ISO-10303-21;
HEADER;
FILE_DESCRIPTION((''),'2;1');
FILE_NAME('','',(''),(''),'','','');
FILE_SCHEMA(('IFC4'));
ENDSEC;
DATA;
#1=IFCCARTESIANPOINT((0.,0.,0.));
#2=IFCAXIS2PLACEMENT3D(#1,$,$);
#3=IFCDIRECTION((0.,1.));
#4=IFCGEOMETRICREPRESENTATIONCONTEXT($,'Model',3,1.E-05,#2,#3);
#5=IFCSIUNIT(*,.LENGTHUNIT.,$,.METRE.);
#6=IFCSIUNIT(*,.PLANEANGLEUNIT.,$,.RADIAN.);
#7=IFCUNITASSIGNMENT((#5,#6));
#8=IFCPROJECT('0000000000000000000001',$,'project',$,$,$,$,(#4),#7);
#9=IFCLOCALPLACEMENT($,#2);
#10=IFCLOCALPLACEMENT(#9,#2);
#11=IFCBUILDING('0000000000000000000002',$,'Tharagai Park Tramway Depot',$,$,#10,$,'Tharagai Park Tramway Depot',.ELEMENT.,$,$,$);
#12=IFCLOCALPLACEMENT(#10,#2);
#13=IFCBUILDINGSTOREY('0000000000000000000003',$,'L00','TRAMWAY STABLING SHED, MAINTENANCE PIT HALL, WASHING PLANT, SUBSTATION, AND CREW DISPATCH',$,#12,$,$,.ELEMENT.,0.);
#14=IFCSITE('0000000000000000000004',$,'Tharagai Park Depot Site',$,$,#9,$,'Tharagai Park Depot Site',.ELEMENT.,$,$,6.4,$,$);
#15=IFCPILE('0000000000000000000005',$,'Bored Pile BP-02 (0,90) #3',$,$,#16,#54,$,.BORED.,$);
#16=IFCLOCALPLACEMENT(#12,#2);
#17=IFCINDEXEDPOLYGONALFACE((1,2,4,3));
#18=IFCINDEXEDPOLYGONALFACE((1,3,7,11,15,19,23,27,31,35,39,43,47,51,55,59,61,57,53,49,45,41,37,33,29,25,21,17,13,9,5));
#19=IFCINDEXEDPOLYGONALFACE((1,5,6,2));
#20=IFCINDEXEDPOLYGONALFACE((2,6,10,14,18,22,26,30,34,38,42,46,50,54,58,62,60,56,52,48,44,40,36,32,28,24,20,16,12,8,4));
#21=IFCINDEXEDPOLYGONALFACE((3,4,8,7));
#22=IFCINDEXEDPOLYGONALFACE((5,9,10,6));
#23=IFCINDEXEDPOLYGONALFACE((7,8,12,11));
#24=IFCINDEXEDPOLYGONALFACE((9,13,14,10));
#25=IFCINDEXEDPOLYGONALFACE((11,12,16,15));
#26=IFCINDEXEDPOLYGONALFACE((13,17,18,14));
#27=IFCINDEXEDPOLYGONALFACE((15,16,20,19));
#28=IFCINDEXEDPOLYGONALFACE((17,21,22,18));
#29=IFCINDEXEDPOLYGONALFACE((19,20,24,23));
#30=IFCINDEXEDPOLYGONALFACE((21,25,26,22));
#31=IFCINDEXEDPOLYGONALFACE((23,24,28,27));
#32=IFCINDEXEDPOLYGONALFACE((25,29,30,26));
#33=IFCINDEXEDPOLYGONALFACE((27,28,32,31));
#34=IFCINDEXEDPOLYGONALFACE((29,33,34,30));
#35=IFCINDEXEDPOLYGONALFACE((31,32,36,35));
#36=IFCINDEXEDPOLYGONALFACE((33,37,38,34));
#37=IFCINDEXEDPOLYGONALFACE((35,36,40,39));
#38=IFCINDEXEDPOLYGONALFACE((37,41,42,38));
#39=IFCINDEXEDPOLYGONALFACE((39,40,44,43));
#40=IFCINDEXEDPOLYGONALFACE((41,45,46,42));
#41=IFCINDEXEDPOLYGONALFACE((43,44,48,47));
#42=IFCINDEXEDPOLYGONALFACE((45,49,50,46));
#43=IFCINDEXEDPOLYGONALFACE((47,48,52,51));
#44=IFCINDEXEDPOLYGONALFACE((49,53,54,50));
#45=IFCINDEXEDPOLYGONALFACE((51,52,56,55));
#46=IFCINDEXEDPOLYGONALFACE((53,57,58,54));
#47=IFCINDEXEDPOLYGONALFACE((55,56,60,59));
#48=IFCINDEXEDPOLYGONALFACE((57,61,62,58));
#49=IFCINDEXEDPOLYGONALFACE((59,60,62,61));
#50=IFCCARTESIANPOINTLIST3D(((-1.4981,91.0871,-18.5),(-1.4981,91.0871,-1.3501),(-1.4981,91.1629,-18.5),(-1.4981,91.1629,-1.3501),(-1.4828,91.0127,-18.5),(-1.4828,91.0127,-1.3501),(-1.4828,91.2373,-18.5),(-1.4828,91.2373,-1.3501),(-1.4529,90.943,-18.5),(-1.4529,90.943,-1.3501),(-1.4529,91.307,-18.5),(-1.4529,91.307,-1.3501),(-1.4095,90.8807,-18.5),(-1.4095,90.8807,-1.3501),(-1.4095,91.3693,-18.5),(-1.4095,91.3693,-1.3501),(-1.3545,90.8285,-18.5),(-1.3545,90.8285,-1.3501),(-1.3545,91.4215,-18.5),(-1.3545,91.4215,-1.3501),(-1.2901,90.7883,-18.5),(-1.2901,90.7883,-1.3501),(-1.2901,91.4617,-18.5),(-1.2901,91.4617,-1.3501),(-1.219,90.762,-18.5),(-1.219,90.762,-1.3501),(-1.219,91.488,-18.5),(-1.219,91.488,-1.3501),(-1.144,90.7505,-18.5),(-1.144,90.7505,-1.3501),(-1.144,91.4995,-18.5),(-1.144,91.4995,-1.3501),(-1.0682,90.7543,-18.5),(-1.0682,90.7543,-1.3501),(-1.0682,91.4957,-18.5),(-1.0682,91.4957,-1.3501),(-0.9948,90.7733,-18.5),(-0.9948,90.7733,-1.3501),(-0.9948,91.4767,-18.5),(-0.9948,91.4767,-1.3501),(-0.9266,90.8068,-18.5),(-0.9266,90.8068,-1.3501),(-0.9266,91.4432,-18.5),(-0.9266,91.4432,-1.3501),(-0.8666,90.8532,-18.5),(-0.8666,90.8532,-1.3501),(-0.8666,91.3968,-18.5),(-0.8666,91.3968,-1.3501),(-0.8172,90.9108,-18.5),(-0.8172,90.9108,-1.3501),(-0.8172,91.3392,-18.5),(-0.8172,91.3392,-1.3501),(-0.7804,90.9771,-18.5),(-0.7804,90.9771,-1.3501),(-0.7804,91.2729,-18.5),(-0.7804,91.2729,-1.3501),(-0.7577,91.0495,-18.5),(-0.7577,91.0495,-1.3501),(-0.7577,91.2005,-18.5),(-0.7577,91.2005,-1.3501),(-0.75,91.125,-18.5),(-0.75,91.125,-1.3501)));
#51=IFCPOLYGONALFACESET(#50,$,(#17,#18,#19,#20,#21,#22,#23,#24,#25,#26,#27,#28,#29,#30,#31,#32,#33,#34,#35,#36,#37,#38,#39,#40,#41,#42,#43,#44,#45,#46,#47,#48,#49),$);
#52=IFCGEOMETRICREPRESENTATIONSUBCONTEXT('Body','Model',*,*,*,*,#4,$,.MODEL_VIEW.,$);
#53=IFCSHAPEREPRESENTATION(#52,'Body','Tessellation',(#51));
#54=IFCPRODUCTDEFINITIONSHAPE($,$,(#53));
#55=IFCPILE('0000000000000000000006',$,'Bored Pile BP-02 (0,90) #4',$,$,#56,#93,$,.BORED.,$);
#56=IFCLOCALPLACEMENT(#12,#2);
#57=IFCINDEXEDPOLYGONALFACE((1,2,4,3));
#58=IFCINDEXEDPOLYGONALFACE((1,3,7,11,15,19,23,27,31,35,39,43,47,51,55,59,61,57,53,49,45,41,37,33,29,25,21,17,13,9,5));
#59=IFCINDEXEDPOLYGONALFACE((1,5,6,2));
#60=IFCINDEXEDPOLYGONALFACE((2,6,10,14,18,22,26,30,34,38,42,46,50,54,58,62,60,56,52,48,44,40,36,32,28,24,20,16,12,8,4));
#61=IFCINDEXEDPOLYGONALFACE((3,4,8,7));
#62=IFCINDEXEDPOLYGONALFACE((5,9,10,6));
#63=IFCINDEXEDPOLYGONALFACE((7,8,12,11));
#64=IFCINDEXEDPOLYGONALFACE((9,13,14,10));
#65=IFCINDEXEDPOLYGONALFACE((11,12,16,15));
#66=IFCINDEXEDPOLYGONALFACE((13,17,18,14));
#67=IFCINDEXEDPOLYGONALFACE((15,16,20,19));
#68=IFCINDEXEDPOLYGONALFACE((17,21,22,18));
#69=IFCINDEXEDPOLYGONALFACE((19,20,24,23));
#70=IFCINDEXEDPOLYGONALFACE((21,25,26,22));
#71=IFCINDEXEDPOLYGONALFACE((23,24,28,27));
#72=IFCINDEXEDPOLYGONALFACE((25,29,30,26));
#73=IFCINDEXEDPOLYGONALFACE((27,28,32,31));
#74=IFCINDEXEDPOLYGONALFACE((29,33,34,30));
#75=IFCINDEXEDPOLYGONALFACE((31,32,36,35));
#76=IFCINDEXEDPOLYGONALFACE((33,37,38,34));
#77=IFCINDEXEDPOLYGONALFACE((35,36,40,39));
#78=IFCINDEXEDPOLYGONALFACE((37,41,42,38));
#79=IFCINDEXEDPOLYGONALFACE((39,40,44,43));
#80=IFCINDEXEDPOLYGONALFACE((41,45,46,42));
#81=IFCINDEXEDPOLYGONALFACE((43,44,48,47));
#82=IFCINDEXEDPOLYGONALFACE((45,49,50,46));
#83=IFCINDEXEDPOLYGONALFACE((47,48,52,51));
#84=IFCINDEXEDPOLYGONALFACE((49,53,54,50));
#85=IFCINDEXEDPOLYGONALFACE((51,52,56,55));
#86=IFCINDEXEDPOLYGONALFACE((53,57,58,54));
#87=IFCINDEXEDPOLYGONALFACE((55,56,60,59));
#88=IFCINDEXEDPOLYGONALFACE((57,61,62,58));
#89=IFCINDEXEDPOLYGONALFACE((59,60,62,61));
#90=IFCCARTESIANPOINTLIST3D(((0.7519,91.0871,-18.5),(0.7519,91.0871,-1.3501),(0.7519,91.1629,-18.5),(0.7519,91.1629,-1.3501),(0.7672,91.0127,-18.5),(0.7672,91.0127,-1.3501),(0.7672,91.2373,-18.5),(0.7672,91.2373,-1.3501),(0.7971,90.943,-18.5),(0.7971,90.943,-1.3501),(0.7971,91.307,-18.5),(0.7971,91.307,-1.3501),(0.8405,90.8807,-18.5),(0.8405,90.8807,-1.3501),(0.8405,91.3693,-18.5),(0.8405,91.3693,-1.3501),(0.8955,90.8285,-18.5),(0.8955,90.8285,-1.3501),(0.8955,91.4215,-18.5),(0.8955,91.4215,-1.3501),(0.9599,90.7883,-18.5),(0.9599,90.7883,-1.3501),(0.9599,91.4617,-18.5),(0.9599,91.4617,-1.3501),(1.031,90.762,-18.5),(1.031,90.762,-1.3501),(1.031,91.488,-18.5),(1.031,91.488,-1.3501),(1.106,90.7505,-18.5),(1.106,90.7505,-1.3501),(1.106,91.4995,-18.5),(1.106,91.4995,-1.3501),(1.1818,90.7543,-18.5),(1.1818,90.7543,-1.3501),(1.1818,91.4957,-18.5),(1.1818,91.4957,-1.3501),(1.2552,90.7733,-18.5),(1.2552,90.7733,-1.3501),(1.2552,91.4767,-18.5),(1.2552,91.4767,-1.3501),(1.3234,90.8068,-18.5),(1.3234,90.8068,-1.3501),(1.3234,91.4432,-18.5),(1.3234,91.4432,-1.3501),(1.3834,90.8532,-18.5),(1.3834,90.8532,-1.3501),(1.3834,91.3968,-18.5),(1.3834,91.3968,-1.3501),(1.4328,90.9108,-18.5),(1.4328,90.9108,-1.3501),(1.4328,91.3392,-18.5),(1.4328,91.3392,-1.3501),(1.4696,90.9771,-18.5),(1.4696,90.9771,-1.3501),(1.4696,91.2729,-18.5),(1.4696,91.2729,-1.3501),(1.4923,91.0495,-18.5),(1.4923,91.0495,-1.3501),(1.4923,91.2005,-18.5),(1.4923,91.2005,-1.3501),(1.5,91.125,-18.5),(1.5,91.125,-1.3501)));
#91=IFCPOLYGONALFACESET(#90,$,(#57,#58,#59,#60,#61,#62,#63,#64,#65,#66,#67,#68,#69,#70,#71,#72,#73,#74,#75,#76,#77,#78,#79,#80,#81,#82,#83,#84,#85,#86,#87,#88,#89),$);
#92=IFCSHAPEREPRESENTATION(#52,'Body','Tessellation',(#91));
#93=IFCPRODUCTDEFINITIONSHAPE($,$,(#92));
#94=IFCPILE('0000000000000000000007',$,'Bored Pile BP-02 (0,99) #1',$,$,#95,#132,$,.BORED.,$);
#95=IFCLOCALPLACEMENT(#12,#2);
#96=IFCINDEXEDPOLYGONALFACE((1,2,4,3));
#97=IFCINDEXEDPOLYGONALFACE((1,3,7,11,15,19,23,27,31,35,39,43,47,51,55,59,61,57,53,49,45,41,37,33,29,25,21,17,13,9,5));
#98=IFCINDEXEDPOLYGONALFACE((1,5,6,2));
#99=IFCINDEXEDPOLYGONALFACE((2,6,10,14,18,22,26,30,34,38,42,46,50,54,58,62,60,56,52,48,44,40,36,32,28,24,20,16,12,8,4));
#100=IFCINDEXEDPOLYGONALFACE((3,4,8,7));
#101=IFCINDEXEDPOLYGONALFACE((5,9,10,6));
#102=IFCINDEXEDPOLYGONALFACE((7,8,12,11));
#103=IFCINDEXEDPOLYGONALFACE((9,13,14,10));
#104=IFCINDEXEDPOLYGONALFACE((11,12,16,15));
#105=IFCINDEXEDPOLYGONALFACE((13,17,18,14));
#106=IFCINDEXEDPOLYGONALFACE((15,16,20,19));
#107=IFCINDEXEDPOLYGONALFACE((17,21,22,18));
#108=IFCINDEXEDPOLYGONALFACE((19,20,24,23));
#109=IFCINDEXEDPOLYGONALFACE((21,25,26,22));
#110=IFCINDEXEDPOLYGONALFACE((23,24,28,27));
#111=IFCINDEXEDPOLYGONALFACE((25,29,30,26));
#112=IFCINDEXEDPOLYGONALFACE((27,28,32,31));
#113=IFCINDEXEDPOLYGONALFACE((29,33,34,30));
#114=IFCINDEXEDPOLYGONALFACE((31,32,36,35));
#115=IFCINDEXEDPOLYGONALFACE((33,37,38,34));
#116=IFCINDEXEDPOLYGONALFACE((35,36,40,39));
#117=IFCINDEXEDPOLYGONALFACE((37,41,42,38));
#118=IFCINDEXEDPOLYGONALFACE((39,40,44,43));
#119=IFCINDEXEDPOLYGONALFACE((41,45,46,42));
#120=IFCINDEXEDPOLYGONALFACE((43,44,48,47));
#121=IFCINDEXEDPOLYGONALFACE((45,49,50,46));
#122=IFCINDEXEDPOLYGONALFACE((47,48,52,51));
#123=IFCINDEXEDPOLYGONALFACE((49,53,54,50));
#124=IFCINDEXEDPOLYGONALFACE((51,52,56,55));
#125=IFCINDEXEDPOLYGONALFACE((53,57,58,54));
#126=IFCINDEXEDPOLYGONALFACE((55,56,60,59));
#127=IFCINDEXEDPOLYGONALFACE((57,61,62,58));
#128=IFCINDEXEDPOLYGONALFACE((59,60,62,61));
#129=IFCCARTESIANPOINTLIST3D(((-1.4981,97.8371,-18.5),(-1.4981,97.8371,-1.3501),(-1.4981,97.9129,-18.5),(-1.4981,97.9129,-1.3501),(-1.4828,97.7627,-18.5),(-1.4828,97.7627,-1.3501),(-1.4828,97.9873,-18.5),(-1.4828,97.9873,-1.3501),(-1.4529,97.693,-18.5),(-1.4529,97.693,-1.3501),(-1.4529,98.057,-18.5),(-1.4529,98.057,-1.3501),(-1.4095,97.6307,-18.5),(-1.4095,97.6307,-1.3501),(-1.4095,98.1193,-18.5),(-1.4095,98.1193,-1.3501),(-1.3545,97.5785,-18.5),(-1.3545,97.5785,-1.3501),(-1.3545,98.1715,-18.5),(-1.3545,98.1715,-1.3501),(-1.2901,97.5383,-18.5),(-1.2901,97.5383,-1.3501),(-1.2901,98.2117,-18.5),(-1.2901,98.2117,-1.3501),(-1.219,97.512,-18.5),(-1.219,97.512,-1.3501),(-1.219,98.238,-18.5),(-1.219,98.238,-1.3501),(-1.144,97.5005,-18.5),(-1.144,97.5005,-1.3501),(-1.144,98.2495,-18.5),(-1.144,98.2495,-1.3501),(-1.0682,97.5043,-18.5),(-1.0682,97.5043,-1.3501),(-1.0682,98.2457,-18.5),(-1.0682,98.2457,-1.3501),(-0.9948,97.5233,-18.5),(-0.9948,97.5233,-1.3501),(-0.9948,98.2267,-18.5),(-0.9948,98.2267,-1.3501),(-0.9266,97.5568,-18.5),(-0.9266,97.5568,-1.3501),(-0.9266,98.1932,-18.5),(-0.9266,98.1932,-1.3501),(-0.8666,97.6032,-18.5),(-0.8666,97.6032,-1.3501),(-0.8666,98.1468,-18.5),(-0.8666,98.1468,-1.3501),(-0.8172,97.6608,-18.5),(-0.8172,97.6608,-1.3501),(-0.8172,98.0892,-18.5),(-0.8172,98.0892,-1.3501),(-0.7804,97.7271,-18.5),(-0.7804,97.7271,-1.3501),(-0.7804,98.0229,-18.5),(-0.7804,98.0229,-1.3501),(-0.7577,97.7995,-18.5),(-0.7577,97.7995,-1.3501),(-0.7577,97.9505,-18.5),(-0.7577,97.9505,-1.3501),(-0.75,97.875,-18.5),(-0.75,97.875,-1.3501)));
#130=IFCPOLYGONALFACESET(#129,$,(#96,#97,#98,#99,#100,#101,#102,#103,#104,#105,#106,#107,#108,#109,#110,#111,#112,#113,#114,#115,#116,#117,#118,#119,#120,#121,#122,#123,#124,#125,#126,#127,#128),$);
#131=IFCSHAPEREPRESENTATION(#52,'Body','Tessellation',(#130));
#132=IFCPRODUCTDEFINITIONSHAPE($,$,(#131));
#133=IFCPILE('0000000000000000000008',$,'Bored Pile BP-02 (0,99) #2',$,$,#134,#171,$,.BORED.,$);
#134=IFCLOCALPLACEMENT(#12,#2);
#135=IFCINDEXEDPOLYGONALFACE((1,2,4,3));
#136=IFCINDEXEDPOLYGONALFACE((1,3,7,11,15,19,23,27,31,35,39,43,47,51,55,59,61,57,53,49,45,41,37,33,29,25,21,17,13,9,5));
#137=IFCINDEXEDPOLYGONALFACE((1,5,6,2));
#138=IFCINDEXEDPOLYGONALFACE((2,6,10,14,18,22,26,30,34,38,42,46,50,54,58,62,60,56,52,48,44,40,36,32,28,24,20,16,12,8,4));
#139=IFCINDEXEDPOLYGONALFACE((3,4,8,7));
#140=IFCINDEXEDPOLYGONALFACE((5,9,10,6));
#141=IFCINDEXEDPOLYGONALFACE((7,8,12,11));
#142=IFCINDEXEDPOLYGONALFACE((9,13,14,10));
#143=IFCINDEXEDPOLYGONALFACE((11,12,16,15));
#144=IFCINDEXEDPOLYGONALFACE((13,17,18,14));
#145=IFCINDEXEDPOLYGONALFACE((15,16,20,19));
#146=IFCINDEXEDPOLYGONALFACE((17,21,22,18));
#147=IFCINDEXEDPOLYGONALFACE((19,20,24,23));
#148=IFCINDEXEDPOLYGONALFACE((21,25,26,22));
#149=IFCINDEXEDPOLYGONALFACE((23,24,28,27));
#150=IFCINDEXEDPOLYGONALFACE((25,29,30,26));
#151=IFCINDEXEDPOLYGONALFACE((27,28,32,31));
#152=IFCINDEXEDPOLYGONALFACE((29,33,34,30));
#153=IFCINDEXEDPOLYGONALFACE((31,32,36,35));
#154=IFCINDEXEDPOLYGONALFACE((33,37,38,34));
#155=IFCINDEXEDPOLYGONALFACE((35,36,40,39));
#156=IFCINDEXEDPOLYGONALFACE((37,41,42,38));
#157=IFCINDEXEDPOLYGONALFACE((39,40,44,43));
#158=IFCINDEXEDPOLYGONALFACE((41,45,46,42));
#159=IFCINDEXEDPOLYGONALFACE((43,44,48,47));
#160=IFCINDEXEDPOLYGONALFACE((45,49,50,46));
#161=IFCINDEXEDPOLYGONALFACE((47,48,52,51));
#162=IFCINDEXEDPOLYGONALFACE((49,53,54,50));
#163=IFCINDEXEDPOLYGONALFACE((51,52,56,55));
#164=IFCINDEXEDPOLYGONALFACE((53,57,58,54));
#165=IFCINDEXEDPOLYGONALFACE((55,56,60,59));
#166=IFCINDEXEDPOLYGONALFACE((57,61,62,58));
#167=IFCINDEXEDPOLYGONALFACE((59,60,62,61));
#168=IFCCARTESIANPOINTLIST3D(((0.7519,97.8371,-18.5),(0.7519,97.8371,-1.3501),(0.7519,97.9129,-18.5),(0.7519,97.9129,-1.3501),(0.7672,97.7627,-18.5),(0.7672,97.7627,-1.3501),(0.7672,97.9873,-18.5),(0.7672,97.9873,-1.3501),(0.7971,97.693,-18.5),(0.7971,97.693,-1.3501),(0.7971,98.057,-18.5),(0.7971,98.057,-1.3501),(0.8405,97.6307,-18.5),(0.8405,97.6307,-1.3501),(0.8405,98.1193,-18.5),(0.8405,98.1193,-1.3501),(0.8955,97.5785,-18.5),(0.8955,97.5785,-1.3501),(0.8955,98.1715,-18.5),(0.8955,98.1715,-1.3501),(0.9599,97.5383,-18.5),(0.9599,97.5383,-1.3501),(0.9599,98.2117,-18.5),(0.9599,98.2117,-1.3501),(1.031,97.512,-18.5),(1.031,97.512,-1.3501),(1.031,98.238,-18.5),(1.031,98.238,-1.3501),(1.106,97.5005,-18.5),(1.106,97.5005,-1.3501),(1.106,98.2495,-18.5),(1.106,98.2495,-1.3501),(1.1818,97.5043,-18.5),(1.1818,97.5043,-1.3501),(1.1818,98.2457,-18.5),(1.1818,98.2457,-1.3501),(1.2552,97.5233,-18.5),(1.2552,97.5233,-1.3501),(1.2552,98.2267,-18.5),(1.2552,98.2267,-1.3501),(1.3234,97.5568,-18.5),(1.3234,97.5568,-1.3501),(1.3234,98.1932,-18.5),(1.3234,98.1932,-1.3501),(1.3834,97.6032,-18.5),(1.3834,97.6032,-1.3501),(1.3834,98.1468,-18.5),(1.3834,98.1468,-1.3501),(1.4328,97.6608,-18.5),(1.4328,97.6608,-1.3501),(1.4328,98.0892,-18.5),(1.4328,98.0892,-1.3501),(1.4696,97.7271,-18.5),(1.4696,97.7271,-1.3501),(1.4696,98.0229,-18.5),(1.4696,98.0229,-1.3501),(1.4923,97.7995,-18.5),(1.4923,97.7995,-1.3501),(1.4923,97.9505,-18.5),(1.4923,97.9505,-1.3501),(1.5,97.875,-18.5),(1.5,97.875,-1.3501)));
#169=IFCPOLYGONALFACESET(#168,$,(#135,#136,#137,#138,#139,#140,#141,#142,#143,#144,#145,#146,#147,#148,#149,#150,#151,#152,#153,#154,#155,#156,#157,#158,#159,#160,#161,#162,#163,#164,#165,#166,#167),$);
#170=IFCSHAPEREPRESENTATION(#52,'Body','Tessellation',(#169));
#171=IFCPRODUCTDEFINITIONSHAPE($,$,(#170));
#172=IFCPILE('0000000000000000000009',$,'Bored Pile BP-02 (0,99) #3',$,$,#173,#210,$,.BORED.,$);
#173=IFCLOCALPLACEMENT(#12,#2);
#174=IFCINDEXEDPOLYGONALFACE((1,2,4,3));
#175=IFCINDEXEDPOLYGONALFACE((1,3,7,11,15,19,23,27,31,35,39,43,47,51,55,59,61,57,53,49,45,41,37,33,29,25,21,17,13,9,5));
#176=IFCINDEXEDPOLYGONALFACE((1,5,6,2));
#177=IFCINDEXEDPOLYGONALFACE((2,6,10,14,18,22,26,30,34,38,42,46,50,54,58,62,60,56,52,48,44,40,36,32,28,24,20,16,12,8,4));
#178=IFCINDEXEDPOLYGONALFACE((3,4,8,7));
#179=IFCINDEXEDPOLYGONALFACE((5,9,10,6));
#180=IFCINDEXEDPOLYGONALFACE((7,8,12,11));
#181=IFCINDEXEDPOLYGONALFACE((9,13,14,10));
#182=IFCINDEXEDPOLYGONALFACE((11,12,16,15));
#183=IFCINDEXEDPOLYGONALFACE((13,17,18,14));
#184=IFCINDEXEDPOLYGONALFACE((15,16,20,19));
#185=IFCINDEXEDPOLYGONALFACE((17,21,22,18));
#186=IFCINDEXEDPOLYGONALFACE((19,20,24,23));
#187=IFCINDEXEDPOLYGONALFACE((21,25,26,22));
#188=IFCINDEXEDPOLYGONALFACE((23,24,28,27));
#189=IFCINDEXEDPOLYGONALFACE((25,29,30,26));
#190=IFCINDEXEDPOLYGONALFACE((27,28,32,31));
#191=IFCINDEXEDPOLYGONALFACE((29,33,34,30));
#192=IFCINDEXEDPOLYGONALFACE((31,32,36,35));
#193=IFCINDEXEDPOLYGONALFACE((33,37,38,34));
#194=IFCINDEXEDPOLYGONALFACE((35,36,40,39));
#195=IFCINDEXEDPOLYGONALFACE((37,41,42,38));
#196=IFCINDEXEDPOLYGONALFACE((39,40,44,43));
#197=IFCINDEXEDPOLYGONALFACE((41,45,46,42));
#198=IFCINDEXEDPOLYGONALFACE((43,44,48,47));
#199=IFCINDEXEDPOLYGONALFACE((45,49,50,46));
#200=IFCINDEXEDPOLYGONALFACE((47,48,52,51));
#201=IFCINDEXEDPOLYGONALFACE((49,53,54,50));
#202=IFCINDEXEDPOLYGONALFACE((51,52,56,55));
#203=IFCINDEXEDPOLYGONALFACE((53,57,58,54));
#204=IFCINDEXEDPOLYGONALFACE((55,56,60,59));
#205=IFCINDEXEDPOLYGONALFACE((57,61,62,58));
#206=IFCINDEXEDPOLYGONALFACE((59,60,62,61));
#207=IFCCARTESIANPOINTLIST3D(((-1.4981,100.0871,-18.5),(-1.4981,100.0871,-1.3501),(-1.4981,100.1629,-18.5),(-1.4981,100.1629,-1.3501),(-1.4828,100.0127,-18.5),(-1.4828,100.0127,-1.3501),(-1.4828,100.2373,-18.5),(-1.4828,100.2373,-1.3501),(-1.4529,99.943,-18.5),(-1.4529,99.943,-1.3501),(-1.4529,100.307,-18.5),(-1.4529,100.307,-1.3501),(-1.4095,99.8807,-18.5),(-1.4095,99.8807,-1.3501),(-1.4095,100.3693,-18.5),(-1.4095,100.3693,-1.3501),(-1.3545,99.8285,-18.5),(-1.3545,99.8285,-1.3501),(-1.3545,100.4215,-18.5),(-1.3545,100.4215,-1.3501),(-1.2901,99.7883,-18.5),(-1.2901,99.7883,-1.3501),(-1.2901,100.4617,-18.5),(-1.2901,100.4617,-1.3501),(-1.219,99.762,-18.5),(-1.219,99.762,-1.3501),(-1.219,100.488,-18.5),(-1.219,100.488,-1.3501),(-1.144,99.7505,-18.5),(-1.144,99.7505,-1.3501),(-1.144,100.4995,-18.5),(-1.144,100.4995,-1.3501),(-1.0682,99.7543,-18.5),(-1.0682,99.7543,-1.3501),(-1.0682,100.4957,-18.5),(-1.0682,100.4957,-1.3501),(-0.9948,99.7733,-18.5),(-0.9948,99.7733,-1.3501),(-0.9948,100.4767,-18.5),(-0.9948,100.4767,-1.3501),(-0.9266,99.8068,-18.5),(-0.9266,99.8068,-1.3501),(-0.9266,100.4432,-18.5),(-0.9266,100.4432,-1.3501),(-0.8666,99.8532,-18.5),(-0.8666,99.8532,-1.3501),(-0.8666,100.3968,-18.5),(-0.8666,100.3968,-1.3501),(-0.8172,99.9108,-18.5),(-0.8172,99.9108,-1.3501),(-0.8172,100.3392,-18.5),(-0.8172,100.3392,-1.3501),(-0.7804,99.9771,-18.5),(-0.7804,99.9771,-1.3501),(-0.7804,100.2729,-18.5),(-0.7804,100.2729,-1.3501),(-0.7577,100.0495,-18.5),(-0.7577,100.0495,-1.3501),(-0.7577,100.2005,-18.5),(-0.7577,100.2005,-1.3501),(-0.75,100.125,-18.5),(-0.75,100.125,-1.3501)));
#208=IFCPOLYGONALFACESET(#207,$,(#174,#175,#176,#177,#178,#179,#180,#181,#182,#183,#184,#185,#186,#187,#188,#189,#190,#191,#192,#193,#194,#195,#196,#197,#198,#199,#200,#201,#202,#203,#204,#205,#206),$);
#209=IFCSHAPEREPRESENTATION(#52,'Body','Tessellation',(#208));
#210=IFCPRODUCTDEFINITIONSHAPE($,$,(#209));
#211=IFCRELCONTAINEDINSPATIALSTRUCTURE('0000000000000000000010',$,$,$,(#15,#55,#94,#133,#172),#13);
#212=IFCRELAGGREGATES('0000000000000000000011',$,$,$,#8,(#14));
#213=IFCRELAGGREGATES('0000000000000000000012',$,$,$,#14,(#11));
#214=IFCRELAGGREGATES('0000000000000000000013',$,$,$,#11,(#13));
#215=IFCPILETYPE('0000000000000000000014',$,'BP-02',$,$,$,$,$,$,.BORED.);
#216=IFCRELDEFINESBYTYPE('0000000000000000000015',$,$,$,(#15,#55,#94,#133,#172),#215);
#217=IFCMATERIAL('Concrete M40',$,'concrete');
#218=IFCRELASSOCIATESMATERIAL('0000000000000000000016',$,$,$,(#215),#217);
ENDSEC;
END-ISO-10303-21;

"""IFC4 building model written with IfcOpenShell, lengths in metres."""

from ifc_helpers import new_model, si_unit, direction, frame, origin, origin_2d, place, context, subcontext, project, spatial, circle, extrude, material, material_profile, profile_set, type_object, element, save


model = new_model("IFC4")

# Units and contexts
model_context = context("Model", 3, precision=1e-05, world=origin(), true_north=direction((0.0, 1.0)))
body_context = subcontext(model_context, "Body", "Model", "MODEL_VIEW")
ifc_project = project(units=[si_unit("LENGTHUNIT", "METRE"), si_unit("PLANEANGLEUNIT", "RADIAN")], contexts=[model_context])

# Site, building, storey
site_placement = place(None, origin())
site = spatial("IfcSite", under=ifc_project, at=site_placement, Name="Tharagai Park Depot Site", LongName="Tharagai Park Depot Site", CompositionType="ELEMENT", RefElevation=6.4)
building_placement = place(site_placement, origin())
building = spatial("IfcBuilding", under=site, at=building_placement, Name="Tharagai Park Tramway Depot", LongName="Tharagai Park Tramway Depot", CompositionType="ELEMENT")
storey_placement = place(building_placement, origin())
storey = spatial("IfcBuildingStorey", under=building, at=storey_placement, Name="L00", Description="TRAMWAY STABLING SHED, MAINTENANCE PIT HALL, WASHING PLANT, SUBSTATION, AND CREW DISPATCH", CompositionType="ELEMENT", Elevation=0.0)

# Piles
ifc_material_1 = material(Name="Concrete M40", Category="concrete")
ifc_material_profile_1 = material_profile(ifc_material_1, circle(Radius=0.375, at=origin_2d()), Name="PILE D750")
ifc_profile_set_1 = profile_set([ifc_material_profile_1], Name="Concrete M40")
pile_type = type_object("IfcPileType", Name="BP-02", PredefinedType="BORED", material=ifc_profile_set_1)
for number, where, z_axis, x_axis, name in (
    (1, (-1.125, 91.125, -1.3501), (0.0, 0.0, -1.0), (1.0, 0.0, 0.0), "Bored Pile BP-02 (0,90) #3"),
    (2, (1.125, 91.125, -1.3501), (0.0, 0.0, -1.0), (1.0, 0.0, 0.0), "Bored Pile BP-02 (0,90) #4"),
    (3, (-1.125, 97.875, -1.3501), (0.0, 0.0, -1.0), (1.0, 0.0, 0.0), "Bored Pile BP-02 (0,99) #1"),
    (4, (1.125, 97.875, -1.3501), (0.0, 0.0, -1.0), (1.0, 0.0, 0.0), "Bored Pile BP-02 (0,99) #2"),
    (5, (-1.125, 100.125, -1.3501), (0.0, 0.0, -1.0), (1.0, 0.0, 0.0), "Bored Pile BP-02 (0,99) #3"),
):
    element("IfcPile", number, at=place(storey_placement, frame(where, z_axis=z_axis, x_axis=x_axis)), inside=storey, type_object=pile_type, Name=name, PredefinedType="BORED", context=body_context, shape_type="SweptSolid", body=[
        extrude(circle(Radius=0.375, at=origin_2d()), origin(), (0.0, 0.0, 1.0), 17.1499),
    ])

save(model, "model.ifc")
